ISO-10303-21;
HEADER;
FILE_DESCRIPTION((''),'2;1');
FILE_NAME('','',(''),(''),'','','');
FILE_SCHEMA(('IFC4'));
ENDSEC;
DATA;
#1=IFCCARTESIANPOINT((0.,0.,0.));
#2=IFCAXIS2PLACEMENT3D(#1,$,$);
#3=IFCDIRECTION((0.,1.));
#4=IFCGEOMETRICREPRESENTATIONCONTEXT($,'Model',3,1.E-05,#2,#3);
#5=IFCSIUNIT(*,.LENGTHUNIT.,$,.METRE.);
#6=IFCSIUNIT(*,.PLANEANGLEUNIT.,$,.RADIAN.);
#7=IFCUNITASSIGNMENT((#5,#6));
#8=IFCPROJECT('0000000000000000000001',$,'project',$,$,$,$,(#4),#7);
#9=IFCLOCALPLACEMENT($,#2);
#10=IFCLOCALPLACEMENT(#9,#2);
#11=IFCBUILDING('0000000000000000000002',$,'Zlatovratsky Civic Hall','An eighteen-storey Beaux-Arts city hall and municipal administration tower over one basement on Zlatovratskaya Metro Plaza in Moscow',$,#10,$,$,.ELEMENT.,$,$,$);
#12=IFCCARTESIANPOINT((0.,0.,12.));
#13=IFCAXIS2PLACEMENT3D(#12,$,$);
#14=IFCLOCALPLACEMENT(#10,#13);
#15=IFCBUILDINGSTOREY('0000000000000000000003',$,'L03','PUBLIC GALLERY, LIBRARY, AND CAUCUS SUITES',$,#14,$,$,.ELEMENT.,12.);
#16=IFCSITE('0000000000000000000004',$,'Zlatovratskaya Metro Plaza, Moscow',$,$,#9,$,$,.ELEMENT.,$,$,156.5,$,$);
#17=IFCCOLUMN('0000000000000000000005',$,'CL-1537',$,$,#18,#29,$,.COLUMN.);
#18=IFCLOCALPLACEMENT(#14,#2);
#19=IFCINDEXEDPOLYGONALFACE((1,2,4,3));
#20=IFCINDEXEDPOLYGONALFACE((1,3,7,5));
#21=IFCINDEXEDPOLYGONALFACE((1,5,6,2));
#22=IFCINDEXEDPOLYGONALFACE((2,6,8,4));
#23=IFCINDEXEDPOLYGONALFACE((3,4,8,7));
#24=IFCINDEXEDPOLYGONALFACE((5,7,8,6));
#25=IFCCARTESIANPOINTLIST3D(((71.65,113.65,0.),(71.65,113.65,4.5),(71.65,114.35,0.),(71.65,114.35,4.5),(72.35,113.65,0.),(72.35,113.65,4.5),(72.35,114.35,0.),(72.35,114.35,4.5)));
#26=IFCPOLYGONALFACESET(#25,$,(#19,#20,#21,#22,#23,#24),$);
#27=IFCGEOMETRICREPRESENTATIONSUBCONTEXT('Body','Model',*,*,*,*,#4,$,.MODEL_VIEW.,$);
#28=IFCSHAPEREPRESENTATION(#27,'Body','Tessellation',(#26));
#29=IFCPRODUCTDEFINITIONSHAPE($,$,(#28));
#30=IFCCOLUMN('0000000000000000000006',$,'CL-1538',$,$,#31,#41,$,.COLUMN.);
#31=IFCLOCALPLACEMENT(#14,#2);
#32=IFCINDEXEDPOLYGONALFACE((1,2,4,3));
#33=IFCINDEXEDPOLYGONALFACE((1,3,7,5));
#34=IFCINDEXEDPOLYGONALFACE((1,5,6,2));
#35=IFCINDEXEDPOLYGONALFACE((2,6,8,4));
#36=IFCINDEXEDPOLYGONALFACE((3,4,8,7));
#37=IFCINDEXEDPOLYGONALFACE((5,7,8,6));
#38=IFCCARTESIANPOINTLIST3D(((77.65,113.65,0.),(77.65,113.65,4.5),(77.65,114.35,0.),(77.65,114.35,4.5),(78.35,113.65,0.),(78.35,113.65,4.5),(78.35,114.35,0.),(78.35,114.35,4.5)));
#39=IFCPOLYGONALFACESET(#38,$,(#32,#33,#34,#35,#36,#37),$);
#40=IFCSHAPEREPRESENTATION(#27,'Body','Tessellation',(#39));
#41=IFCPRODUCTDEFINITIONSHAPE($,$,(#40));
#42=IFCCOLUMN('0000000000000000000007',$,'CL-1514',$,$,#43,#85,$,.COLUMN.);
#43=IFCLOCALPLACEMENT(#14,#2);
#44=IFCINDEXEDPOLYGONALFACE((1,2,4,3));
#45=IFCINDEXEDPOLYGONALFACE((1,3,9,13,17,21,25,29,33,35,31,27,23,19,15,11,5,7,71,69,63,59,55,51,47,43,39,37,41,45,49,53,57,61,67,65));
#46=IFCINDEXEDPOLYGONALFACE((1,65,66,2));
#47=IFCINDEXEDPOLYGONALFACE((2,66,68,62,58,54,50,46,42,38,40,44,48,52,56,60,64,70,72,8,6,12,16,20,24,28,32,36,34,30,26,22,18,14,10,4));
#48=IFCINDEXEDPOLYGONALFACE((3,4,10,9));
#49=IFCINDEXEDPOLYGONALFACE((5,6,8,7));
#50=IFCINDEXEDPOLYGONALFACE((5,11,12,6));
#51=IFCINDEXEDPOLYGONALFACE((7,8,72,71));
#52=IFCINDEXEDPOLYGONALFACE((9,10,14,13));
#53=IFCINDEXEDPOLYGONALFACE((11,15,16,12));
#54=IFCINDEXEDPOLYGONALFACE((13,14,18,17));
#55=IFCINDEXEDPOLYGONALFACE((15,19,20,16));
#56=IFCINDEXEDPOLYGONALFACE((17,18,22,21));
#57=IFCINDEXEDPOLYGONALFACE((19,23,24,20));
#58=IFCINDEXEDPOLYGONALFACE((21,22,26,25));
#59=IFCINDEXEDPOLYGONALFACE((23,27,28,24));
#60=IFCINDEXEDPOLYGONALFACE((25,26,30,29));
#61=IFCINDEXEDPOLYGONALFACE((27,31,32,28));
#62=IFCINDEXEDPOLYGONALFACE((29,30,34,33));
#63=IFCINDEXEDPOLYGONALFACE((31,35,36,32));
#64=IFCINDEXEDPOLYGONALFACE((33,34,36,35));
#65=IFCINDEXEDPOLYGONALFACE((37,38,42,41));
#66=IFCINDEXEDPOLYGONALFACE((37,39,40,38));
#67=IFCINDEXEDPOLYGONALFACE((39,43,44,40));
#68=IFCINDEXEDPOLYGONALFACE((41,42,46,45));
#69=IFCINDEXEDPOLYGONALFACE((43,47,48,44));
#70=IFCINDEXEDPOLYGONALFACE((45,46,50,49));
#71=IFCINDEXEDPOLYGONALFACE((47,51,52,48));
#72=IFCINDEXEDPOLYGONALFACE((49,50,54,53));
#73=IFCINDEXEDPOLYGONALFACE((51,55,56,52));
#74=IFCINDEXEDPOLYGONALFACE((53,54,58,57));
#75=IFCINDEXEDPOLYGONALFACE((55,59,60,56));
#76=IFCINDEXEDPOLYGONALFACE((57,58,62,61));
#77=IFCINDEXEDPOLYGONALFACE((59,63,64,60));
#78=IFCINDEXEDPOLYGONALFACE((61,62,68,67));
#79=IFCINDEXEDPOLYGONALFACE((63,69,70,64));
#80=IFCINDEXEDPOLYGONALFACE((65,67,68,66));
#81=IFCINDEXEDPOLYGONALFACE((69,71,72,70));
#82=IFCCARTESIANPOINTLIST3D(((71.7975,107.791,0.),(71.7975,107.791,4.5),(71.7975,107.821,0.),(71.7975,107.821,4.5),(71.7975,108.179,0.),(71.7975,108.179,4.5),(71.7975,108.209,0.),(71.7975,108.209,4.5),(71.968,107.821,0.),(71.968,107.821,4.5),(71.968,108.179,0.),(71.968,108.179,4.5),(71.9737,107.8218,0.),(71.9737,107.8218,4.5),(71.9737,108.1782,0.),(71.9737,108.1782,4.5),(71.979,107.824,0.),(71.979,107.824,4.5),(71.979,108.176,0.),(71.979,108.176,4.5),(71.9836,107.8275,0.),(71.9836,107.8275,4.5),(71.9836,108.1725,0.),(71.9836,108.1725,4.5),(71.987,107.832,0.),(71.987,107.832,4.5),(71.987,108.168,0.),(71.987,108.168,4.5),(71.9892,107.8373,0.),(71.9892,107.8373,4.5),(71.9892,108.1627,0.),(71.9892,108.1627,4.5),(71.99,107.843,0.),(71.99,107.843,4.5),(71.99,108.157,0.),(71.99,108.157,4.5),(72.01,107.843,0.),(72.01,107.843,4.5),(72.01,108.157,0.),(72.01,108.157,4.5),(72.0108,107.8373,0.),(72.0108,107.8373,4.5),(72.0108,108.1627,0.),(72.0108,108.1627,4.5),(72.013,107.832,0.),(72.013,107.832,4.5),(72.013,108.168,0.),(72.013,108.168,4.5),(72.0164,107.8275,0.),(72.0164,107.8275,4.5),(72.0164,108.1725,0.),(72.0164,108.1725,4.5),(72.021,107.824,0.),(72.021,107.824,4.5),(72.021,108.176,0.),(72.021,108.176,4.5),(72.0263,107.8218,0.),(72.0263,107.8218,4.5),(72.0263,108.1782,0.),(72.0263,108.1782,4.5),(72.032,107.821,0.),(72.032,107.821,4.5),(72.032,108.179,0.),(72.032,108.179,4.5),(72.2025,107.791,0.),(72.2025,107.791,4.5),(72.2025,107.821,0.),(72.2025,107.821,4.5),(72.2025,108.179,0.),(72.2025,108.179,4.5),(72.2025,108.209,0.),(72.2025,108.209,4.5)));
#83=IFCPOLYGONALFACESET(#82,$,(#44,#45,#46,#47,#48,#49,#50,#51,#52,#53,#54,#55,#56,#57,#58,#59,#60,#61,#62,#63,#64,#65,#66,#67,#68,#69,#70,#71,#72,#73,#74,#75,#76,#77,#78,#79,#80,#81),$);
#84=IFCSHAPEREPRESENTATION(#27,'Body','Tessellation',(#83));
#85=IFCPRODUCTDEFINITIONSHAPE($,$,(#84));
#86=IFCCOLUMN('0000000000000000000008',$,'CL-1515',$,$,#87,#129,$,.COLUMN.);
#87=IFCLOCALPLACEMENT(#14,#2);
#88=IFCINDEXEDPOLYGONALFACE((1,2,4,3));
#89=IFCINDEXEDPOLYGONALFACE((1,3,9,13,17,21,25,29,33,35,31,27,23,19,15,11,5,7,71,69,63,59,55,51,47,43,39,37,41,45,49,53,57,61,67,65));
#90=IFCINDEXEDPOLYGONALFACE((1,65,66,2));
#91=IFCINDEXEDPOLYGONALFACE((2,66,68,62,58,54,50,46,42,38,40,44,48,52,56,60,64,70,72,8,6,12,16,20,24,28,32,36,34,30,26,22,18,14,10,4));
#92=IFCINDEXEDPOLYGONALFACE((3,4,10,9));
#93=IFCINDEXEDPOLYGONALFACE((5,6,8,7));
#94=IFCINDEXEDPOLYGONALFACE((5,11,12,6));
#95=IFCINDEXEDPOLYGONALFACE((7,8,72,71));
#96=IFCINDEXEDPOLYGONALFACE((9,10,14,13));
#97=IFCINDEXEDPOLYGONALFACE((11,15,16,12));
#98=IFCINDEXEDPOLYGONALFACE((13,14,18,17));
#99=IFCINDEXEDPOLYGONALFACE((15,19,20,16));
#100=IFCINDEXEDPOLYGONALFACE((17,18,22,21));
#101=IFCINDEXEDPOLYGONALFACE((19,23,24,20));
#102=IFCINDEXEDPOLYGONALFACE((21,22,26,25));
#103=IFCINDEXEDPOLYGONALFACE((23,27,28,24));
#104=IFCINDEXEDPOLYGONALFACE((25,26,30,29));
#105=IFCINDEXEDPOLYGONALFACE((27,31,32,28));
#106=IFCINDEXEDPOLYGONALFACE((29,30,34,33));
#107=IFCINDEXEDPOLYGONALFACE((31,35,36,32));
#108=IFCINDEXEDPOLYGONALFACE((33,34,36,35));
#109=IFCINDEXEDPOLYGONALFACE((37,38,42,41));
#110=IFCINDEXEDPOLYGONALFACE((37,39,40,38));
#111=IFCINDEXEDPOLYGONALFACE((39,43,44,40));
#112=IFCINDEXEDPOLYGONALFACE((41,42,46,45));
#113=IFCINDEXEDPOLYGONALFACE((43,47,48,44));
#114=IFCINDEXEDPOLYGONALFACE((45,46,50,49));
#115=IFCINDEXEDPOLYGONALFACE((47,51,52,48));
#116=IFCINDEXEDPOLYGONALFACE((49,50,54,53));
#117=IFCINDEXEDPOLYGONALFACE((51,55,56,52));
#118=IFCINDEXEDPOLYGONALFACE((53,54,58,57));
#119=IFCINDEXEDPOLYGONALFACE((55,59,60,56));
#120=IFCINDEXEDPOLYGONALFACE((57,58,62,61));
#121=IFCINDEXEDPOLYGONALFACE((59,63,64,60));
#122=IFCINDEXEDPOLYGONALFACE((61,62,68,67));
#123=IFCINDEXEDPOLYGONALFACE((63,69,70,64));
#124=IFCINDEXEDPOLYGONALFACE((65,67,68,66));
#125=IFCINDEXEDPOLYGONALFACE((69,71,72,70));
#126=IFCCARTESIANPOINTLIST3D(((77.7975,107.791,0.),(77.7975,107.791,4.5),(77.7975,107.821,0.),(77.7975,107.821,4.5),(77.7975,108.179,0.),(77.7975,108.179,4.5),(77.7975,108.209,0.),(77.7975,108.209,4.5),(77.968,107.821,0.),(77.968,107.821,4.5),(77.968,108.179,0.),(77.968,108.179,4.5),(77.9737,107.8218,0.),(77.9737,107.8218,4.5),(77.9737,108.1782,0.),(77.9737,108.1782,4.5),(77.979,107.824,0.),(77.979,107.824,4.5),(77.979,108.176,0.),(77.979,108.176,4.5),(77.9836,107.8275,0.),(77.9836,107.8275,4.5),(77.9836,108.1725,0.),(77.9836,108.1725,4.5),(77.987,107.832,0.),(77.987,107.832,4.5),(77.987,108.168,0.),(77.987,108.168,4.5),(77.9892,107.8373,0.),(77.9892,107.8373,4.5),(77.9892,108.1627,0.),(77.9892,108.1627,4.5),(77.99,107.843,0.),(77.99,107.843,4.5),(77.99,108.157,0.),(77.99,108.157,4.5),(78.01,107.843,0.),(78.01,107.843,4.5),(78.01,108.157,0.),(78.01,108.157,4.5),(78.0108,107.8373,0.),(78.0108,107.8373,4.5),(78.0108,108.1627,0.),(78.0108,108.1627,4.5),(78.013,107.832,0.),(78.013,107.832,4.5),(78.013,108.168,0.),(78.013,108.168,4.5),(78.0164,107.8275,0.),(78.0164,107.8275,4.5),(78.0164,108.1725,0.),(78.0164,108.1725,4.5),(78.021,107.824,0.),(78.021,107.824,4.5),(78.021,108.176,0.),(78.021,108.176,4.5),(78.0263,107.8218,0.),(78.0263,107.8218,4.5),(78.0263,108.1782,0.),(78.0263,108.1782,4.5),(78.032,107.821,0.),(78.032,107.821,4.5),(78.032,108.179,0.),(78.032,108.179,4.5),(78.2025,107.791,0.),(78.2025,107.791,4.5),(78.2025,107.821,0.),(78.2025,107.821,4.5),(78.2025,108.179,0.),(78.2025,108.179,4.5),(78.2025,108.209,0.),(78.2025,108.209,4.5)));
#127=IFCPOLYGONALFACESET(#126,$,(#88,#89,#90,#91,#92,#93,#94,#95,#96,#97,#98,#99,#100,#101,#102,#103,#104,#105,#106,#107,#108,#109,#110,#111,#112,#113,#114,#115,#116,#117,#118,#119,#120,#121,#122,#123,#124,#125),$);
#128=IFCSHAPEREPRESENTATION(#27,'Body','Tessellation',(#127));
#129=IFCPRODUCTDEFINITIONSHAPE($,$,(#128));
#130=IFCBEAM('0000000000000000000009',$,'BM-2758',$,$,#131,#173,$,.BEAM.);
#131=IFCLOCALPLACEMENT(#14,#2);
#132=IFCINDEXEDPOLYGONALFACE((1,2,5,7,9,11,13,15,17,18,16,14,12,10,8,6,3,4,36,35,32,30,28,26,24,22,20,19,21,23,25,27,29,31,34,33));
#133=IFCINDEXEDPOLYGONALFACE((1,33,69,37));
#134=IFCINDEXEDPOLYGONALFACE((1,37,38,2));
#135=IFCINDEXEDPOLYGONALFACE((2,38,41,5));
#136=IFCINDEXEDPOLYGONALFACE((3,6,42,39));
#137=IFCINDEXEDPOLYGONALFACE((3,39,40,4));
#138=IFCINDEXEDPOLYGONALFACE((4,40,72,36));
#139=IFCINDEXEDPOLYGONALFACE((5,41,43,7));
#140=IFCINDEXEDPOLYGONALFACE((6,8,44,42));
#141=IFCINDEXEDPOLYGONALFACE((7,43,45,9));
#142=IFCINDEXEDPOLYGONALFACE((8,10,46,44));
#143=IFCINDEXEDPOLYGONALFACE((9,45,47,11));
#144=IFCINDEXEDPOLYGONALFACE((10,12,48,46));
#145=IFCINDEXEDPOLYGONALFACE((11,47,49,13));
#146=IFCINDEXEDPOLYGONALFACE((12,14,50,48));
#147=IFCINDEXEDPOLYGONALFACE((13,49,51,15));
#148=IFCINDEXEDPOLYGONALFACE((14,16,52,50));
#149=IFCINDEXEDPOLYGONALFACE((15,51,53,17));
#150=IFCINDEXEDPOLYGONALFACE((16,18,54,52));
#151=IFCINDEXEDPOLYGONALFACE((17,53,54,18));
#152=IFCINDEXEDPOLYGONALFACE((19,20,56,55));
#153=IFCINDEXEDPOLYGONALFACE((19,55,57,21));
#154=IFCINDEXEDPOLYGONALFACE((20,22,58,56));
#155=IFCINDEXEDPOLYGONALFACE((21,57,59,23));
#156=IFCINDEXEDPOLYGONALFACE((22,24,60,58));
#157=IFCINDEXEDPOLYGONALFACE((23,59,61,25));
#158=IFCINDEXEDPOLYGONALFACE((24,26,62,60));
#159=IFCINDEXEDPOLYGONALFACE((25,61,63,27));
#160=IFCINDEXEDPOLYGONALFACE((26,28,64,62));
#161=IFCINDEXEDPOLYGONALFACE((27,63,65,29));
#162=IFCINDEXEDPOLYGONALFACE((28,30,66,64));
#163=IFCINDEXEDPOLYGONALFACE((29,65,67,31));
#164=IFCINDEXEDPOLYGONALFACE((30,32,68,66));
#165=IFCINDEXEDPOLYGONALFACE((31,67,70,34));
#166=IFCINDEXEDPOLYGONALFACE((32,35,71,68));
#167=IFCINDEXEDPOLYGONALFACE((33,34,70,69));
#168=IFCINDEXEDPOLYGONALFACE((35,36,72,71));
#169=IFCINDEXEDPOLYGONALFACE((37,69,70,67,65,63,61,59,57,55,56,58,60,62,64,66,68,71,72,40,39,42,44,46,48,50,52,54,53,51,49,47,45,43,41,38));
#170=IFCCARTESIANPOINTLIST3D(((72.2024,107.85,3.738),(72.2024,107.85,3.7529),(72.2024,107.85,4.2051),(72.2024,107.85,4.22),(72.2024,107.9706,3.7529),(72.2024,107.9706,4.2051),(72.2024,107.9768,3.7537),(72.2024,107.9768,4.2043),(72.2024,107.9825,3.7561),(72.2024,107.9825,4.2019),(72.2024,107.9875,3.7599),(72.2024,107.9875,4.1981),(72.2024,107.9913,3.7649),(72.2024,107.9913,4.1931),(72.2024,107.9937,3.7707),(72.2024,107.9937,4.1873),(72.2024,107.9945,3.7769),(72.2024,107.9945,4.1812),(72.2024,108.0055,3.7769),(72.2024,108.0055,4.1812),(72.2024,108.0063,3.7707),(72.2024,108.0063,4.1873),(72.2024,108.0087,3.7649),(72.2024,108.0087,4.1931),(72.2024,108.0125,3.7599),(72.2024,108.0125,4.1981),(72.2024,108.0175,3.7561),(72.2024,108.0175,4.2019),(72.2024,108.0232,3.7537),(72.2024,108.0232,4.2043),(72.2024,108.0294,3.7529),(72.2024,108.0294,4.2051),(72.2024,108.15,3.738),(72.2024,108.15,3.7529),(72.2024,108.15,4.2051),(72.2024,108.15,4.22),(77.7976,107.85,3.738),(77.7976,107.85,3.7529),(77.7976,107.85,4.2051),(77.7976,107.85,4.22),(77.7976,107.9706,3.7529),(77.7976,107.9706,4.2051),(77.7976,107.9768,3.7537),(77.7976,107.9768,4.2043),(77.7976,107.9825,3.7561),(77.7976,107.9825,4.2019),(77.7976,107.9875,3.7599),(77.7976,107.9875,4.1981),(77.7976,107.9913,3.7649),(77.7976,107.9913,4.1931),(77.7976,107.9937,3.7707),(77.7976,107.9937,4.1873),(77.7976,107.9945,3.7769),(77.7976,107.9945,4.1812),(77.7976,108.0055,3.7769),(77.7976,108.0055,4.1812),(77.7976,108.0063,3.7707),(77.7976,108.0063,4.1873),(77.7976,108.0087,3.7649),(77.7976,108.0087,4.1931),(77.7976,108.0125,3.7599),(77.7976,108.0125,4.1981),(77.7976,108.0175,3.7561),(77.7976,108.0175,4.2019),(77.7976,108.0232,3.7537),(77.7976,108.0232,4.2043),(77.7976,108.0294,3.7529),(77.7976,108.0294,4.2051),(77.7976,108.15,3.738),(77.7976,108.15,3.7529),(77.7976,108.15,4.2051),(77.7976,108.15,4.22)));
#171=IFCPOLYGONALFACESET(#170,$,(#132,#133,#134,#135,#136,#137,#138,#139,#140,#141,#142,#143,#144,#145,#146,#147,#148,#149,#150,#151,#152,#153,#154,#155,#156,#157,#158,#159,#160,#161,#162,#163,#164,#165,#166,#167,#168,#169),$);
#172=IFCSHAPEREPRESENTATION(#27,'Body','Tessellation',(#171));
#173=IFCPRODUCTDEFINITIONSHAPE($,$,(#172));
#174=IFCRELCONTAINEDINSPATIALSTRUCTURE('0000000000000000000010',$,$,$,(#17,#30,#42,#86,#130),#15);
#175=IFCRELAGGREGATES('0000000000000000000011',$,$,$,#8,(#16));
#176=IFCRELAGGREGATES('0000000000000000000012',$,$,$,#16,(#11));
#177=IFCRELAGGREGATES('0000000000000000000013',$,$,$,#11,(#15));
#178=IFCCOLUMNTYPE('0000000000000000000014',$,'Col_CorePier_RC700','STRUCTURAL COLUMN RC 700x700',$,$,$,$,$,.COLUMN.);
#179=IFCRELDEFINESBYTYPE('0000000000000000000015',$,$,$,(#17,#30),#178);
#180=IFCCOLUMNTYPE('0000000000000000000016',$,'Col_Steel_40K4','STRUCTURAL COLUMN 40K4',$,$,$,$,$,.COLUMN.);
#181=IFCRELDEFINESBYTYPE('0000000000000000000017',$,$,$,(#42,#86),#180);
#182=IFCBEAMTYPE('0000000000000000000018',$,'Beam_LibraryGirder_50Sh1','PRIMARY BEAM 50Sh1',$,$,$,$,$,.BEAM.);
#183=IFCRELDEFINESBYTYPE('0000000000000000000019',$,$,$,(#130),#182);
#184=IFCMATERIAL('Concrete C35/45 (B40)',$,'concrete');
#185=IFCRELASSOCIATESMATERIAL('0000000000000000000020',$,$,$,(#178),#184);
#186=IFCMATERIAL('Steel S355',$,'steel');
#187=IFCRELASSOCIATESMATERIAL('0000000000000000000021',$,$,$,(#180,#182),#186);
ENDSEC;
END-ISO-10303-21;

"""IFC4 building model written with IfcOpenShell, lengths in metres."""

from ifc_helpers import new_model, si_unit, direction, frame, origin, origin_2d, place, context, subcontext, project, spatial, rectangle, i_section, extrude, material, material_profile, profile_set, type_object, element, save


model = new_model("IFC4")

# Units and contexts
model_context = context("Model", 3, precision=1e-05, world=origin(), true_north=direction((0.0, 1.0)))
body_context = subcontext(model_context, "Body", "Model", "MODEL_VIEW")
ifc_project = project(units=[si_unit("LENGTHUNIT", "METRE"), si_unit("PLANEANGLEUNIT", "RADIAN")], contexts=[model_context])

# Site, building, storey
site_placement = place(None, origin())
site = spatial("IfcSite", under=ifc_project, at=site_placement, Name="Zlatovratskaya Metro Plaza, Moscow", CompositionType="ELEMENT", RefElevation=156.5)
building_placement = place(site_placement, origin())
building = spatial("IfcBuilding", under=site, at=building_placement, Name="Zlatovratsky Civic Hall", Description="An eighteen-storey Beaux-Arts city hall and municipal administration tower over one basement on Zlatovratskaya Metro Plaza in Moscow", CompositionType="ELEMENT")
storey_placement = place(building_placement, frame((0.0, 0.0, 12.0)))
storey = spatial("IfcBuildingStorey", under=building, at=storey_placement, Name="L03", Description="PUBLIC GALLERY, LIBRARY, AND CAUCUS SUITES", CompositionType="ELEMENT", Elevation=12.0)

# Columns
ifc_material_1 = material(Name="Concrete C35/45 (B40)", Category="concrete")
ifc_material_profile_1 = material_profile(ifc_material_1, rectangle(XDim=0.7, YDim=0.7, at=origin_2d()), Name="RC 700x700")
ifc_profile_set_1 = profile_set([ifc_material_profile_1], Name="Concrete C35/45 (B40)")
column_type_1 = type_object("IfcColumnType", Name="Col_CorePier_RC700", Description="STRUCTURAL COLUMN RC 700x700", PredefinedType="COLUMN", material=ifc_profile_set_1)
for number, where, z_axis, x_axis, name in (
    (1, (72.0, 114.0, 0.0), (0.0, 0.0, 1.0), (1.0, 0.0, 0.0), "CL-1537"),
    (2, (78.0, 114.0, 0.0), (0.0, 0.0, 1.0), (1.0, 0.0, 0.0), "CL-1538"),
):
    element("IfcColumn", number, at=place(storey_placement, frame(where, z_axis=z_axis, x_axis=x_axis)), inside=storey, type_object=column_type_1, Name=name, PredefinedType="COLUMN", context=body_context, shape_type="SweptSolid", body=[
        extrude(rectangle(XDim=0.7, YDim=0.7, at=origin_2d()), origin(), (0.0, 0.0, 1.0), 4.5),
    ])
ifc_material_2 = material(Name="Steel S355", Category="steel")
ifc_material_profile_2 = material_profile(ifc_material_2, i_section(OverallWidth=0.405, OverallDepth=0.418, WebThickness=0.02, FlangeThickness=0.03, FilletRadius=0.022, at=origin_2d()), Name="40K4")
ifc_profile_set_2 = profile_set([ifc_material_profile_2], Name="Steel S355")
column_type_2 = type_object("IfcColumnType", Name="Col_Steel_40K4", Description="STRUCTURAL COLUMN 40K4", PredefinedType="COLUMN", material=ifc_profile_set_2)
for number, where, z_axis, x_axis, name in (
    (3, (72.0, 108.0, 0.0), (0.0, 0.0, 1.0), (1.0, 0.0, 0.0), "CL-1514"),
    (4, (78.0, 108.0, 0.0), (0.0, 0.0, 1.0), (1.0, 0.0, 0.0), "CL-1515"),
):
    element("IfcColumn", number, at=place(storey_placement, frame(where, z_axis=z_axis, x_axis=x_axis)), inside=storey, type_object=column_type_2, Name=name, PredefinedType="COLUMN", context=body_context, shape_type="SweptSolid", body=[
        extrude(i_section(OverallWidth=0.405, OverallDepth=0.418, WebThickness=0.02, FlangeThickness=0.03, FilletRadius=0.022, at=origin_2d()), origin(), (0.0, 0.0, 1.0), 4.5),
    ])

# Beam
ifc_material_profile_3 = material_profile(ifc_material_2, i_section(OverallWidth=0.3, OverallDepth=0.4819, WebThickness=0.011, FlangeThickness=0.0149, FilletRadius=0.0239, at=origin_2d()), Name="50Sh1")
ifc_profile_set_3 = profile_set([ifc_material_profile_3], Name="Steel S355")
beam_type_1 = type_object("IfcBeamType", Name="Beam_LibraryGirder_50Sh1", Description="PRIMARY BEAM 50Sh1", PredefinedType="BEAM", material=ifc_profile_set_3)
for number, where, z_axis, x_axis, name in (
    (5, (72.2024, 108.0, 3.979), (1.0, 0.0, 0.0), (0.0, 1.0, 0.0), "BM-2758"),
):
    element("IfcBeam", number, at=place(storey_placement, frame(where, z_axis=z_axis, x_axis=x_axis)), inside=storey, type_object=beam_type_1, Name=name, PredefinedType="BEAM", context=body_context, shape_type="SweptSolid", body=[
        extrude(i_section(OverallWidth=0.3, OverallDepth=0.4819, WebThickness=0.011, FlangeThickness=0.0149, FilletRadius=0.0239, at=origin_2d()), origin(), (0.0, 0.0, 1.0), 5.5952),
    ])

save(model, "model.ifc")
